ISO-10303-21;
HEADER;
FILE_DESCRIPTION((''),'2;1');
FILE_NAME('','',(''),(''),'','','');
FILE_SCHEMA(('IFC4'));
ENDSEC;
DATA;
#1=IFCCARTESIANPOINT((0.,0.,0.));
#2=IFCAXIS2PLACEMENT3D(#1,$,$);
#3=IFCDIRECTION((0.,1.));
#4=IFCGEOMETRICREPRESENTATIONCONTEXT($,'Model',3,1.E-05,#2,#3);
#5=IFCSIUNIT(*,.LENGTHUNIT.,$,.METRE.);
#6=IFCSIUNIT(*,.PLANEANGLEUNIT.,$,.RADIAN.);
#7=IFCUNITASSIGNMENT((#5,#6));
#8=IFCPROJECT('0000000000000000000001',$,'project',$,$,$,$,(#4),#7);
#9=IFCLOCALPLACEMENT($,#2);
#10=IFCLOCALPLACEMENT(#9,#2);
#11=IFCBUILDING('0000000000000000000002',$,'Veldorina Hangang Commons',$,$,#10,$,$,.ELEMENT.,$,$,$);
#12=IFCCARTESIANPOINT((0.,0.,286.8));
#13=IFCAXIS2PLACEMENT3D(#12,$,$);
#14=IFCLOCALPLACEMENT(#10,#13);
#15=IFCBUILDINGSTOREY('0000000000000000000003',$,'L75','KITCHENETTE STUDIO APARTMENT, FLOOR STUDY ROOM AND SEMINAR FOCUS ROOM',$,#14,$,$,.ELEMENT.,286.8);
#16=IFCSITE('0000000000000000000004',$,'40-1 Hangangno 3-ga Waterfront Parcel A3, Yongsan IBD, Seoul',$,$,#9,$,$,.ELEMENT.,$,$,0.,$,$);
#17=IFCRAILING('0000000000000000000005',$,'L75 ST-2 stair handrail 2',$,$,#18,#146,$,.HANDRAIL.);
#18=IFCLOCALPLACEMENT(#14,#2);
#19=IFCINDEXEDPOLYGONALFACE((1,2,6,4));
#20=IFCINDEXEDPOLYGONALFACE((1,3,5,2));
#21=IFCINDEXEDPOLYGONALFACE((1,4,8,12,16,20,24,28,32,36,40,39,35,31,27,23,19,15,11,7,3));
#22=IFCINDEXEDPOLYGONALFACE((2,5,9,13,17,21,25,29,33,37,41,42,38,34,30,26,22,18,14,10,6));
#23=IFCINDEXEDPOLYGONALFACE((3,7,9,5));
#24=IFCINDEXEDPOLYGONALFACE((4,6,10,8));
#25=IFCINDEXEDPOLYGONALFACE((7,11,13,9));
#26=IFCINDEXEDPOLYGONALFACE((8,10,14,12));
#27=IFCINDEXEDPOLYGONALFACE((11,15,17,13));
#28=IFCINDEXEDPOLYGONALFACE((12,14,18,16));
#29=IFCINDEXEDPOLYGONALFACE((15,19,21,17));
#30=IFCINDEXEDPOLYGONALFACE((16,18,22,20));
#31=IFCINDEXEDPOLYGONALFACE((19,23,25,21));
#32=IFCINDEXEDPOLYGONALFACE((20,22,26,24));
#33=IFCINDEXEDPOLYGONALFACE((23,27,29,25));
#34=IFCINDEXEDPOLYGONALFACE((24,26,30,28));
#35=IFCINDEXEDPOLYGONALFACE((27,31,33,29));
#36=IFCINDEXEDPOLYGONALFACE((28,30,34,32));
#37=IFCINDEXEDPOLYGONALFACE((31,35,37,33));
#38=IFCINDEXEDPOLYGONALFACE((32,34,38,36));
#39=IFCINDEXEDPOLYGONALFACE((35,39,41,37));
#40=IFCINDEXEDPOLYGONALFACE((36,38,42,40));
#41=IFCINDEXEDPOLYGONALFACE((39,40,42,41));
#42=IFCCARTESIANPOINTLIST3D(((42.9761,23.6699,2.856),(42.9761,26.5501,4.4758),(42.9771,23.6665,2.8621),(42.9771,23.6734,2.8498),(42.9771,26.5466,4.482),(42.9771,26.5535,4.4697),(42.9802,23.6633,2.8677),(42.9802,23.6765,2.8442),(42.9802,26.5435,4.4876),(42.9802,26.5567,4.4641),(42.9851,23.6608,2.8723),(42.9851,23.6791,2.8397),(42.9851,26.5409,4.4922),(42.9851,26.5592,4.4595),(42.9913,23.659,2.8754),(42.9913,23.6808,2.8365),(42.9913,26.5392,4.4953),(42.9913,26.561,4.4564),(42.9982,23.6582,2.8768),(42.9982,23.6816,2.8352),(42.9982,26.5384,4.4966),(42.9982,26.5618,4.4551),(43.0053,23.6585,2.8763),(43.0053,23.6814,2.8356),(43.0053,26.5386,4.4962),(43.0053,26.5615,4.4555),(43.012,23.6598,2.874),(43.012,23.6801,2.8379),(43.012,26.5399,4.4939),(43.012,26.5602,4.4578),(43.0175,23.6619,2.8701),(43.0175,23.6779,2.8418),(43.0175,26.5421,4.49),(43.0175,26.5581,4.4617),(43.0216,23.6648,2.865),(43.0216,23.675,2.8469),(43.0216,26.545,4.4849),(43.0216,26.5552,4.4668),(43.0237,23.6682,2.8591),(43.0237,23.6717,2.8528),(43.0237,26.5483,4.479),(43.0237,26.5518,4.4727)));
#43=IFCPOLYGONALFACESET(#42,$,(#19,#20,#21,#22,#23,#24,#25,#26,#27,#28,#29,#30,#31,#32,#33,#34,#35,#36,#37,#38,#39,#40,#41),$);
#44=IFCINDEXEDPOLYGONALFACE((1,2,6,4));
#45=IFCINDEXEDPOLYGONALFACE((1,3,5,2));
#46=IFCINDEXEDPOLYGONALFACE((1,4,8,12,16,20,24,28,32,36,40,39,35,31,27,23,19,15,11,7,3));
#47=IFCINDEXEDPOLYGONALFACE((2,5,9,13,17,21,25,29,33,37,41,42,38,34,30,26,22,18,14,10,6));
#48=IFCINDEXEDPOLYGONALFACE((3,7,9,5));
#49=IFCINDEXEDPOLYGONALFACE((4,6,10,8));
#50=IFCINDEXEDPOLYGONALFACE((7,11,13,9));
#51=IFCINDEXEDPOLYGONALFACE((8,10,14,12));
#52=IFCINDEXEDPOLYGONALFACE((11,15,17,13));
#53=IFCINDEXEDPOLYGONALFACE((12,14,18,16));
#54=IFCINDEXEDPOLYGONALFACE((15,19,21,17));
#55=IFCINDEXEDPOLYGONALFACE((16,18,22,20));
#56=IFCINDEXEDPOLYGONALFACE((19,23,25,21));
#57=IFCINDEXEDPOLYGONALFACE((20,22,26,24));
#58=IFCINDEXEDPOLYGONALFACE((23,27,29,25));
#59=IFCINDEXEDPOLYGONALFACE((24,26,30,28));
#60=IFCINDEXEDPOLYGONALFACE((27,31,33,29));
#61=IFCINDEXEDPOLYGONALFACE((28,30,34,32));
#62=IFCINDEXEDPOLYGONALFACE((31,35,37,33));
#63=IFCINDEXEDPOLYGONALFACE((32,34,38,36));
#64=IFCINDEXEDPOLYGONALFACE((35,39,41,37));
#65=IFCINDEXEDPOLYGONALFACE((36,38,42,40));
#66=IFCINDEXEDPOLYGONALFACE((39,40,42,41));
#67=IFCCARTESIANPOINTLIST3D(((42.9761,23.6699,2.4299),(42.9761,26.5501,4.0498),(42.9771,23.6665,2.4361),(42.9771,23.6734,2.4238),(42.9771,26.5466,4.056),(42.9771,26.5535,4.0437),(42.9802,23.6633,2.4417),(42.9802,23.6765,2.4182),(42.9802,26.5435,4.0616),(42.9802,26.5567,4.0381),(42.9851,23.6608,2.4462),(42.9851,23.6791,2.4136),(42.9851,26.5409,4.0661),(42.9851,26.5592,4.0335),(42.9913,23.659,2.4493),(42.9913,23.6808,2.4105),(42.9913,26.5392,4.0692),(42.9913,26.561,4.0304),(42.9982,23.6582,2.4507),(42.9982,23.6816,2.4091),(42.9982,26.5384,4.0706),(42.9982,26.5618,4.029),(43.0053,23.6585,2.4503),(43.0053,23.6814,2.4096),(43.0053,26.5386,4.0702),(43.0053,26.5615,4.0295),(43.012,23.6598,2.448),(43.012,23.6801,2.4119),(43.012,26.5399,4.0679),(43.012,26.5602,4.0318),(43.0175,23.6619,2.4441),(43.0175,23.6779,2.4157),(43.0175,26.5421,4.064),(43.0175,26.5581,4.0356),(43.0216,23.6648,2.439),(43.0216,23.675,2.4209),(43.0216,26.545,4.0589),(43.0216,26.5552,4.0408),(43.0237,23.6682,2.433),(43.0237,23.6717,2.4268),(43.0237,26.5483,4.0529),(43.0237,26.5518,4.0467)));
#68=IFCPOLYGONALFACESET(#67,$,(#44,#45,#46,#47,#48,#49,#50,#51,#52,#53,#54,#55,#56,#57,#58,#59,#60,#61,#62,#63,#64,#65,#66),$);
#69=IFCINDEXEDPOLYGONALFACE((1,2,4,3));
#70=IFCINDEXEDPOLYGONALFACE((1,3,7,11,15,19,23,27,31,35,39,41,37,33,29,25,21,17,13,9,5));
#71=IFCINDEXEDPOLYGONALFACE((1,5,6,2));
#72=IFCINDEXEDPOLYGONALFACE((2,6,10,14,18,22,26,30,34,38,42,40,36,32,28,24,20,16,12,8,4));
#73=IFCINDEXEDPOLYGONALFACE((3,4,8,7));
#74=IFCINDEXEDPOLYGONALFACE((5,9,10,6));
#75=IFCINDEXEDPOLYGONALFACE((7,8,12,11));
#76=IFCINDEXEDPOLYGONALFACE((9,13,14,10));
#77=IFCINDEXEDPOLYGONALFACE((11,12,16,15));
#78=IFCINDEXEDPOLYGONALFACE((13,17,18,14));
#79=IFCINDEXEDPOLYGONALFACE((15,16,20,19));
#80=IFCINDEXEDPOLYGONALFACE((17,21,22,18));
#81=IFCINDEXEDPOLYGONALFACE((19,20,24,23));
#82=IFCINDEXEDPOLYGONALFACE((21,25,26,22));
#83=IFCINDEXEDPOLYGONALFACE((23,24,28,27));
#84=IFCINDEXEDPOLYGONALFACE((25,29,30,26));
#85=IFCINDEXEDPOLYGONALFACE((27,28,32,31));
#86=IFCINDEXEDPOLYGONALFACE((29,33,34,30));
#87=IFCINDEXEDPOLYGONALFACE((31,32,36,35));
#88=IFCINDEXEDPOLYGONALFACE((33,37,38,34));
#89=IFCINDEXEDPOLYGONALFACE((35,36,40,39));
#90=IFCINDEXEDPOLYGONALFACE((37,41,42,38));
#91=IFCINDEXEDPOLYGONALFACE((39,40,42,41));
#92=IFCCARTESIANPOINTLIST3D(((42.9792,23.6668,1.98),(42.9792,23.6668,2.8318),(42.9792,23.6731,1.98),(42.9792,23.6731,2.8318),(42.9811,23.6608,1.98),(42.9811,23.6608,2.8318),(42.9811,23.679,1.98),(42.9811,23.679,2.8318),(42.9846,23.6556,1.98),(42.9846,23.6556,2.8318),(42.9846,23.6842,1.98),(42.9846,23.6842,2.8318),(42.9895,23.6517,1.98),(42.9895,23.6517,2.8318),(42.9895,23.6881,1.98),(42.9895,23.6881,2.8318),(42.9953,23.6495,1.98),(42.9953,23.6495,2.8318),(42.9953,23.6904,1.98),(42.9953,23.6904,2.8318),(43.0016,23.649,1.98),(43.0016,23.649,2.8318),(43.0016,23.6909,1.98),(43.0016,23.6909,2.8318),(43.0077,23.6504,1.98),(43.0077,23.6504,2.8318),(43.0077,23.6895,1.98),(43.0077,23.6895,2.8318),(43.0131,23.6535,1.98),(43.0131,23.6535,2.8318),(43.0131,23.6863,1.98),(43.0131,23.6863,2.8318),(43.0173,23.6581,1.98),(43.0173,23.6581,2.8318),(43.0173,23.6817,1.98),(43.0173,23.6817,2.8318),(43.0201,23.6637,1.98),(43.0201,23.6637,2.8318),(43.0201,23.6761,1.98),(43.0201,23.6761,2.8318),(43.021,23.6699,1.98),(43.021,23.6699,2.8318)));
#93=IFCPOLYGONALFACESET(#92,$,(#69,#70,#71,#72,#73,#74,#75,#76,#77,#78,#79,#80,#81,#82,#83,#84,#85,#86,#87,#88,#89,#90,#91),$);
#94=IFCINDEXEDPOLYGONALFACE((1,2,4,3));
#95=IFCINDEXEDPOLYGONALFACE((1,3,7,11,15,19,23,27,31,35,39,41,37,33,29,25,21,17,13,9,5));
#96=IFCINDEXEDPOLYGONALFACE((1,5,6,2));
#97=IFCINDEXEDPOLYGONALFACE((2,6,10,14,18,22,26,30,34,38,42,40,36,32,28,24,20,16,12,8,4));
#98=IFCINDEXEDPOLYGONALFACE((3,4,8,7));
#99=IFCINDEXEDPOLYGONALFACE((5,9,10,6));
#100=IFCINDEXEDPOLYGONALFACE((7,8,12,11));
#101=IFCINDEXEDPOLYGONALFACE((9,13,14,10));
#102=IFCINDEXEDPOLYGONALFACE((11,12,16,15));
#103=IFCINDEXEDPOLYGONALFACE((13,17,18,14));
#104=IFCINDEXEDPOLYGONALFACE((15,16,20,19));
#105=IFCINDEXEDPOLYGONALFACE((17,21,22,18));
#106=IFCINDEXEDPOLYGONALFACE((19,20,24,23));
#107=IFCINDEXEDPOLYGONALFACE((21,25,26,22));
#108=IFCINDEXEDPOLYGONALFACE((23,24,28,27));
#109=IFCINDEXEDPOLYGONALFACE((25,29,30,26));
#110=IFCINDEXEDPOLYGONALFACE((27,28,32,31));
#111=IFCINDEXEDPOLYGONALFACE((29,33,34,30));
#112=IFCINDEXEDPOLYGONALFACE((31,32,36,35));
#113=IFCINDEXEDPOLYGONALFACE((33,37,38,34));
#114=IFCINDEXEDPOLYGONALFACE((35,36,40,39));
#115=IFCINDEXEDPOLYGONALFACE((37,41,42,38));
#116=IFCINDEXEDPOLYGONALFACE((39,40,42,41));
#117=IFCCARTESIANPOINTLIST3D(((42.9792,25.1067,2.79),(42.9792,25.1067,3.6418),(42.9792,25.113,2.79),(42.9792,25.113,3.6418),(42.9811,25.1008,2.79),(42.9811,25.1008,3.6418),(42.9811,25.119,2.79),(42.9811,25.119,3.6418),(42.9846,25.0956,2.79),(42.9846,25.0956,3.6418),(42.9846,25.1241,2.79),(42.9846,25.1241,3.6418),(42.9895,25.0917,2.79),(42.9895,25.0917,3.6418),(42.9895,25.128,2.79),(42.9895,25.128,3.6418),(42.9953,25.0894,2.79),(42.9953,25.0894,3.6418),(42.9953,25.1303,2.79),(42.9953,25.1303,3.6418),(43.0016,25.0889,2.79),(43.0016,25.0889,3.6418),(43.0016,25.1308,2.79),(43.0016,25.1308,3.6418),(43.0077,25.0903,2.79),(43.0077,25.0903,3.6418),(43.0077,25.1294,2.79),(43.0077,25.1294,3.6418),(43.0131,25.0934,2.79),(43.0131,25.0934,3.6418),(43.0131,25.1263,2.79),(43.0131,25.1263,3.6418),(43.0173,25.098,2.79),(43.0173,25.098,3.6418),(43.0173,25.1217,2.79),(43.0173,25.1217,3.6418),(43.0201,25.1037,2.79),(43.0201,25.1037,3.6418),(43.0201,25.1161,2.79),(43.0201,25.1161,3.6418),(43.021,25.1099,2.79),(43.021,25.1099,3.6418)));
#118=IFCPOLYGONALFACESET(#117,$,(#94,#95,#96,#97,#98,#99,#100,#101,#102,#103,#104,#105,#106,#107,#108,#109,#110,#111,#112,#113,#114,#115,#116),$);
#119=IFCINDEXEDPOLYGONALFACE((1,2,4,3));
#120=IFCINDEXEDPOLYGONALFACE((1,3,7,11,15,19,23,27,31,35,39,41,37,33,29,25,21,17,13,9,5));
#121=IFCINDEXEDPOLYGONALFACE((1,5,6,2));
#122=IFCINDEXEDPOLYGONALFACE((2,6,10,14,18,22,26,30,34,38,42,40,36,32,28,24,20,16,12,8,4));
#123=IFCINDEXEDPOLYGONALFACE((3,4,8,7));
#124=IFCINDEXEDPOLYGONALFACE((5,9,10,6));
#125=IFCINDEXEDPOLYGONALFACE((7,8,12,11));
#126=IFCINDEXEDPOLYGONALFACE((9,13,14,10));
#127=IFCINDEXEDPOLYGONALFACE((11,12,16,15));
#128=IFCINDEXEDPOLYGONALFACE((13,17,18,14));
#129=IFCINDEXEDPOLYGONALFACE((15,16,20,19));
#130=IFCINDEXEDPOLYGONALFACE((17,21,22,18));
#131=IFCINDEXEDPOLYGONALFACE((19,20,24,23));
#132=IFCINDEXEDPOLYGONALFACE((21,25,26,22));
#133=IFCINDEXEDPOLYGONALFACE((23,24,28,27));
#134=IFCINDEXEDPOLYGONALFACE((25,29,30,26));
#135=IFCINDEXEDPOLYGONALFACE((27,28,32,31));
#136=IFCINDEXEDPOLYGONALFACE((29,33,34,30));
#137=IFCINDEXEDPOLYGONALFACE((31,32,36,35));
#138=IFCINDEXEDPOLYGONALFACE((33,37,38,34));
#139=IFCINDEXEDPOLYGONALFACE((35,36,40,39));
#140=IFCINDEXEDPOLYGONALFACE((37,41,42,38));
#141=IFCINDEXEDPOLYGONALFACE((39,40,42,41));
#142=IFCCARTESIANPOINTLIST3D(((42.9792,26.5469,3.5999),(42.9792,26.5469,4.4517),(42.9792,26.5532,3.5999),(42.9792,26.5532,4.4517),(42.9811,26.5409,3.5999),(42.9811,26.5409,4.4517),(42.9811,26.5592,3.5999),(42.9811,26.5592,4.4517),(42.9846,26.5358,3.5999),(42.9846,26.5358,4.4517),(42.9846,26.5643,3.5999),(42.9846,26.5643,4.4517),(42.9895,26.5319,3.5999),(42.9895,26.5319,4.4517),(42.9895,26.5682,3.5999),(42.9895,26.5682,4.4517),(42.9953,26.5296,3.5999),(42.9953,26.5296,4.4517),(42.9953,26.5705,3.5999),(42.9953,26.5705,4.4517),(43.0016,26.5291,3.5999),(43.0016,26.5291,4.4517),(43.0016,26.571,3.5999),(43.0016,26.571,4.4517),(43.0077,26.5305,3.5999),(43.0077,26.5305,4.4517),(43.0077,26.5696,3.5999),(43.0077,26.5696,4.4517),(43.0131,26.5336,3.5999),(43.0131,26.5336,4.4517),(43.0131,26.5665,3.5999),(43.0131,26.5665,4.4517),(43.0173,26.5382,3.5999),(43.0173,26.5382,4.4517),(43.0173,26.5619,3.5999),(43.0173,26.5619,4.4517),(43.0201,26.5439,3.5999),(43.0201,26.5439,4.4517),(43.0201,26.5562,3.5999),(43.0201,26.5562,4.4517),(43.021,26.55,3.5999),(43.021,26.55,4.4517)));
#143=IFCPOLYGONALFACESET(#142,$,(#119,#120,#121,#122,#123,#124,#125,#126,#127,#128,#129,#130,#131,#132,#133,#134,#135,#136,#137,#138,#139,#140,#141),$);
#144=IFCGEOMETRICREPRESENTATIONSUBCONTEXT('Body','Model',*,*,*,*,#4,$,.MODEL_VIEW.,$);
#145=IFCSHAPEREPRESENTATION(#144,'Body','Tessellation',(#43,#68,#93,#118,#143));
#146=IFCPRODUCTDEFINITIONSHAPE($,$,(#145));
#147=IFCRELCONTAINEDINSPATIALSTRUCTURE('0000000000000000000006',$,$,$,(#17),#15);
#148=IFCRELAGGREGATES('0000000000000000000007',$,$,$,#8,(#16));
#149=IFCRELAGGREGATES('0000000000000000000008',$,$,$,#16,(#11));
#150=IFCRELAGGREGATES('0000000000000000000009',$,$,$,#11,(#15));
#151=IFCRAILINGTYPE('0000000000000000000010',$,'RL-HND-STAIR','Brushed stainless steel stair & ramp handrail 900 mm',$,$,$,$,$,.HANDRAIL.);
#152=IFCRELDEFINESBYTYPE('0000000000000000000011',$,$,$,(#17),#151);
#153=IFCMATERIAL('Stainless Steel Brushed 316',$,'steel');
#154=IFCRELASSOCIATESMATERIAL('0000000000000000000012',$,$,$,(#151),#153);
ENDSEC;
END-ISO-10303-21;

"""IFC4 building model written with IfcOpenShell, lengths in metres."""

from ifc_helpers import new_model, si_unit, direction, frame, origin, origin_2d, place, context, subcontext, project, spatial, circle, extrude, material, type_object, element, save


model = new_model("IFC4")

# Units and contexts
model_context = context("Model", 3, precision=1e-05, world=origin(), true_north=direction((0.0, 1.0)))
body_context = subcontext(model_context, "Body", "Model", "MODEL_VIEW")
ifc_project = project(units=[si_unit("LENGTHUNIT", "METRE"), si_unit("PLANEANGLEUNIT", "RADIAN")], contexts=[model_context])

# Site, building, storey
site_placement = place(None, origin())
site = spatial("IfcSite", under=ifc_project, at=site_placement, Name="40-1 Hangangno 3-ga Waterfront Parcel A3, Yongsan IBD, Seoul", CompositionType="ELEMENT", RefElevation=0.0)
building_placement = place(site_placement, origin())
building = spatial("IfcBuilding", under=site, at=building_placement, Name="Veldorina Hangang Commons", CompositionType="ELEMENT")
storey_placement = place(building_placement, frame((0.0, 0.0, 286.8)))
storey = spatial("IfcBuildingStorey", under=building, at=storey_placement, Name="L75", Description="KITCHENETTE STUDIO APARTMENT, FLOOR STUDY ROOM AND SEMINAR FOCUS ROOM", CompositionType="ELEMENT", Elevation=286.8)

# Railing
ifc_material_1 = material(Name="Stainless Steel Brushed 316", Category="steel")
railing_type_1 = type_object("IfcRailingType", Name="RL-HND-STAIR", Description="Brushed stainless steel stair & ramp handrail 900 mm", PredefinedType="HANDRAIL", material=ifc_material_1)
railing_1_placement = place(storey_placement, frame((43.0, 23.6699, 1.98)))
element("IfcRailing", 1, at=railing_1_placement, inside=storey, type_object=railing_type_1, Name="L75 ST-2 stair handrail 2", PredefinedType="HANDRAIL", context=body_context, shape_type="SweptSolid", body=[
    extrude(circle(Radius=0.0239, at=origin_2d()), frame((0.0, 0.0, 0.876), z_axis=(0.0, 0.871601, 0.490216), x_axis=(-1.0, 0.0, 0.0)), (0.0, 0.0, 1.0), 3.3044),
    extrude(circle(Radius=0.0239, at=origin_2d()), frame((0.0, 0.0, 0.45), z_axis=(0.0, 0.871601, 0.490216), x_axis=(-1.0, 0.0, 0.0)), (0.0, 0.0, 1.0), 3.3044),
    extrude(circle(Radius=0.021, at=origin_2d()), origin(), (0.0, 0.0, 1.0), 0.8518),
    extrude(circle(Radius=0.021, at=origin_2d()), frame((0.0, 1.4399, 0.8101)), (0.0, 0.0, 1.0), 0.8518),
    extrude(circle(Radius=0.021, at=origin_2d()), frame((0.0, 2.8801, 1.6199)), (0.0, 0.0, 1.0), 0.8518),
])

save(model, "model.ifc")
